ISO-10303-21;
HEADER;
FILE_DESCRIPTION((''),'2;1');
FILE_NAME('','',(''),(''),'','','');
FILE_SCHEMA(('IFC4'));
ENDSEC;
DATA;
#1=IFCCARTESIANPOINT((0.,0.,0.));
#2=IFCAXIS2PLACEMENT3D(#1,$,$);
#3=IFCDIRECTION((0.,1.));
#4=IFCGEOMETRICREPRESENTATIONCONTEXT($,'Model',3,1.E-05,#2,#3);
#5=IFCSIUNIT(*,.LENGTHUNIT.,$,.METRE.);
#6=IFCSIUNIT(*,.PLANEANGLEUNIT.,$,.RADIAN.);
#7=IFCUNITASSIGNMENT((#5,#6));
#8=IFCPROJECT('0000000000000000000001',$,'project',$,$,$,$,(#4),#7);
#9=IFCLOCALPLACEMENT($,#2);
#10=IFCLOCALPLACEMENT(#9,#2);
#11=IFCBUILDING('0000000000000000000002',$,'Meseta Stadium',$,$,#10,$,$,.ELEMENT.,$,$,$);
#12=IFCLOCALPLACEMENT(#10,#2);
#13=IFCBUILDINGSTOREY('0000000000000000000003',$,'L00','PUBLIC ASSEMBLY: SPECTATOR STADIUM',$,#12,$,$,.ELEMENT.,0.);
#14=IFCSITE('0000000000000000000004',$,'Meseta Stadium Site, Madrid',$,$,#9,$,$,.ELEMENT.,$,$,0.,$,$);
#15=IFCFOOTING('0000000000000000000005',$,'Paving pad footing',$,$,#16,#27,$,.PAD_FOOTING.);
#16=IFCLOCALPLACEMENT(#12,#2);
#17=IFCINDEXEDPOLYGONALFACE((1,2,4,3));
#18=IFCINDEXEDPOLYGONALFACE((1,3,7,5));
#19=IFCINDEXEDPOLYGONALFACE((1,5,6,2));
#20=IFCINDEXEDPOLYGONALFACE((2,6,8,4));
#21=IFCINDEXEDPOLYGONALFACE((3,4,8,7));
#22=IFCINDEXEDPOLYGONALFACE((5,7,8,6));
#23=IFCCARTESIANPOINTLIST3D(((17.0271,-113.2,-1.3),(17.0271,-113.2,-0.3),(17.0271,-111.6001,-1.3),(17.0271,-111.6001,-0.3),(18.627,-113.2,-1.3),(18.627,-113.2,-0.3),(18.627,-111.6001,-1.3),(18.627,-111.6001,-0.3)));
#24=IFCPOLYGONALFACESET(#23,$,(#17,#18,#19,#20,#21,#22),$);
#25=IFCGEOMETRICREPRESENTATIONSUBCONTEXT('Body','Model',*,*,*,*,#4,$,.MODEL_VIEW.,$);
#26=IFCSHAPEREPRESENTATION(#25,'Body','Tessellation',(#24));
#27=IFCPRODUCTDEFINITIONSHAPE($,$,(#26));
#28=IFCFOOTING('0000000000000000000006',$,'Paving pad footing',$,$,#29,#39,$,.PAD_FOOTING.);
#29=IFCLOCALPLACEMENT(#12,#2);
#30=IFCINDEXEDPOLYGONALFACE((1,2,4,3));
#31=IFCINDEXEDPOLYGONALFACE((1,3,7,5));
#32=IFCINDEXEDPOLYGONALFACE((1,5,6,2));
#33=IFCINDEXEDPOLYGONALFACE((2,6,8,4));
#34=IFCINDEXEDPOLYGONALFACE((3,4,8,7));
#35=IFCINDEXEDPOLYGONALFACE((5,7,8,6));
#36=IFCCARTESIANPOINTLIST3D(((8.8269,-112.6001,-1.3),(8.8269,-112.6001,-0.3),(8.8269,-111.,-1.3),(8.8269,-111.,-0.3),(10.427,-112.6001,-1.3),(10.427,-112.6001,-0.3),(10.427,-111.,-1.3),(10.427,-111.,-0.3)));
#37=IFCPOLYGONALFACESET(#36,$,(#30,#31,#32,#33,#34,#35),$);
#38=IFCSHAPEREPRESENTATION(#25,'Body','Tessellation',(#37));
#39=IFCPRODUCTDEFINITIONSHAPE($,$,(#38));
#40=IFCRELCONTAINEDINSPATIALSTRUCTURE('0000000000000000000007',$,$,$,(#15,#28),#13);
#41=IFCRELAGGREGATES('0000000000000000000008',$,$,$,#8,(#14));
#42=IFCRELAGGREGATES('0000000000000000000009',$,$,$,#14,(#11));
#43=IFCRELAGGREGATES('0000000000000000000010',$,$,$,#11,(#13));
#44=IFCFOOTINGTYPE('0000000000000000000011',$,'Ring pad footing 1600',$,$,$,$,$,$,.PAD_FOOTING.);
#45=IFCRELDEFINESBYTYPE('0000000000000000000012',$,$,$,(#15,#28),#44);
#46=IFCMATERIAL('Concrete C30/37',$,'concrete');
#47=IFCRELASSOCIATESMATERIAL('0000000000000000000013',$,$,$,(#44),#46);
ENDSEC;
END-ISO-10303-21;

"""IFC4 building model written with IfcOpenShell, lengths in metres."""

from ifc_helpers import new_model, si_unit, direction, frame, origin, place, context, subcontext, project, spatial, polyline, outline, extrude, material, type_object, element, save


model = new_model("IFC4")

# Units and contexts
model_context = context("Model", 3, precision=1e-05, world=origin(), true_north=direction((0.0, 1.0)))
body_context = subcontext(model_context, "Body", "Model", "MODEL_VIEW")
ifc_project = project(units=[si_unit("LENGTHUNIT", "METRE"), si_unit("PLANEANGLEUNIT", "RADIAN")], contexts=[model_context])

# Site, building, storey
site_placement = place(None, origin())
site = spatial("IfcSite", under=ifc_project, at=site_placement, Name="Meseta Stadium Site, Madrid", CompositionType="ELEMENT", RefElevation=0.0)
building_placement = place(site_placement, origin())
building = spatial("IfcBuilding", under=site, at=building_placement, Name="Meseta Stadium", CompositionType="ELEMENT")
storey_placement = place(building_placement, origin())
storey = spatial("IfcBuildingStorey", under=building, at=storey_placement, Name="L00", Description="PUBLIC ASSEMBLY: SPECTATOR STADIUM", CompositionType="ELEMENT", Elevation=0.0)

# Footings
ifc_material_1 = material(Name="Concrete C30/37", Category="concrete")
footing_type_1 = type_object("IfcFootingType", Name="Ring pad footing 1600", PredefinedType="PAD_FOOTING", material=ifc_material_1)
footing_1_placement = place(storey_placement, frame((0.0, 0.0, -1.3)))
element("IfcFooting", 1, at=footing_1_placement, inside=storey, type_object=footing_type_1, Name="Paving pad footing", PredefinedType="PAD_FOOTING", context=body_context, shape_type="SweptSolid", body=[
    extrude(outline(polyline([(18.627, -113.2), (18.627, -111.6001), (17.0271, -111.6001), (17.0271, -113.2), (18.627, -113.2)])), origin(), (0.0, 0.0, 1.0), 1.0),
])
footing_2_placement = place(storey_placement, frame((0.0, 0.0, -1.3)))
element("IfcFooting", 2, at=footing_2_placement, inside=storey, type_object=footing_type_1, Name="Paving pad footing", PredefinedType="PAD_FOOTING", context=body_context, shape_type="SweptSolid", body=[
    extrude(outline(polyline([(10.427, -112.6001), (10.427, -111.0), (8.8269, -111.0), (8.8269, -112.6001), (10.427, -112.6001)])), origin(), (0.0, 0.0, 1.0), 1.0),
])

save(model, "model.ifc")
